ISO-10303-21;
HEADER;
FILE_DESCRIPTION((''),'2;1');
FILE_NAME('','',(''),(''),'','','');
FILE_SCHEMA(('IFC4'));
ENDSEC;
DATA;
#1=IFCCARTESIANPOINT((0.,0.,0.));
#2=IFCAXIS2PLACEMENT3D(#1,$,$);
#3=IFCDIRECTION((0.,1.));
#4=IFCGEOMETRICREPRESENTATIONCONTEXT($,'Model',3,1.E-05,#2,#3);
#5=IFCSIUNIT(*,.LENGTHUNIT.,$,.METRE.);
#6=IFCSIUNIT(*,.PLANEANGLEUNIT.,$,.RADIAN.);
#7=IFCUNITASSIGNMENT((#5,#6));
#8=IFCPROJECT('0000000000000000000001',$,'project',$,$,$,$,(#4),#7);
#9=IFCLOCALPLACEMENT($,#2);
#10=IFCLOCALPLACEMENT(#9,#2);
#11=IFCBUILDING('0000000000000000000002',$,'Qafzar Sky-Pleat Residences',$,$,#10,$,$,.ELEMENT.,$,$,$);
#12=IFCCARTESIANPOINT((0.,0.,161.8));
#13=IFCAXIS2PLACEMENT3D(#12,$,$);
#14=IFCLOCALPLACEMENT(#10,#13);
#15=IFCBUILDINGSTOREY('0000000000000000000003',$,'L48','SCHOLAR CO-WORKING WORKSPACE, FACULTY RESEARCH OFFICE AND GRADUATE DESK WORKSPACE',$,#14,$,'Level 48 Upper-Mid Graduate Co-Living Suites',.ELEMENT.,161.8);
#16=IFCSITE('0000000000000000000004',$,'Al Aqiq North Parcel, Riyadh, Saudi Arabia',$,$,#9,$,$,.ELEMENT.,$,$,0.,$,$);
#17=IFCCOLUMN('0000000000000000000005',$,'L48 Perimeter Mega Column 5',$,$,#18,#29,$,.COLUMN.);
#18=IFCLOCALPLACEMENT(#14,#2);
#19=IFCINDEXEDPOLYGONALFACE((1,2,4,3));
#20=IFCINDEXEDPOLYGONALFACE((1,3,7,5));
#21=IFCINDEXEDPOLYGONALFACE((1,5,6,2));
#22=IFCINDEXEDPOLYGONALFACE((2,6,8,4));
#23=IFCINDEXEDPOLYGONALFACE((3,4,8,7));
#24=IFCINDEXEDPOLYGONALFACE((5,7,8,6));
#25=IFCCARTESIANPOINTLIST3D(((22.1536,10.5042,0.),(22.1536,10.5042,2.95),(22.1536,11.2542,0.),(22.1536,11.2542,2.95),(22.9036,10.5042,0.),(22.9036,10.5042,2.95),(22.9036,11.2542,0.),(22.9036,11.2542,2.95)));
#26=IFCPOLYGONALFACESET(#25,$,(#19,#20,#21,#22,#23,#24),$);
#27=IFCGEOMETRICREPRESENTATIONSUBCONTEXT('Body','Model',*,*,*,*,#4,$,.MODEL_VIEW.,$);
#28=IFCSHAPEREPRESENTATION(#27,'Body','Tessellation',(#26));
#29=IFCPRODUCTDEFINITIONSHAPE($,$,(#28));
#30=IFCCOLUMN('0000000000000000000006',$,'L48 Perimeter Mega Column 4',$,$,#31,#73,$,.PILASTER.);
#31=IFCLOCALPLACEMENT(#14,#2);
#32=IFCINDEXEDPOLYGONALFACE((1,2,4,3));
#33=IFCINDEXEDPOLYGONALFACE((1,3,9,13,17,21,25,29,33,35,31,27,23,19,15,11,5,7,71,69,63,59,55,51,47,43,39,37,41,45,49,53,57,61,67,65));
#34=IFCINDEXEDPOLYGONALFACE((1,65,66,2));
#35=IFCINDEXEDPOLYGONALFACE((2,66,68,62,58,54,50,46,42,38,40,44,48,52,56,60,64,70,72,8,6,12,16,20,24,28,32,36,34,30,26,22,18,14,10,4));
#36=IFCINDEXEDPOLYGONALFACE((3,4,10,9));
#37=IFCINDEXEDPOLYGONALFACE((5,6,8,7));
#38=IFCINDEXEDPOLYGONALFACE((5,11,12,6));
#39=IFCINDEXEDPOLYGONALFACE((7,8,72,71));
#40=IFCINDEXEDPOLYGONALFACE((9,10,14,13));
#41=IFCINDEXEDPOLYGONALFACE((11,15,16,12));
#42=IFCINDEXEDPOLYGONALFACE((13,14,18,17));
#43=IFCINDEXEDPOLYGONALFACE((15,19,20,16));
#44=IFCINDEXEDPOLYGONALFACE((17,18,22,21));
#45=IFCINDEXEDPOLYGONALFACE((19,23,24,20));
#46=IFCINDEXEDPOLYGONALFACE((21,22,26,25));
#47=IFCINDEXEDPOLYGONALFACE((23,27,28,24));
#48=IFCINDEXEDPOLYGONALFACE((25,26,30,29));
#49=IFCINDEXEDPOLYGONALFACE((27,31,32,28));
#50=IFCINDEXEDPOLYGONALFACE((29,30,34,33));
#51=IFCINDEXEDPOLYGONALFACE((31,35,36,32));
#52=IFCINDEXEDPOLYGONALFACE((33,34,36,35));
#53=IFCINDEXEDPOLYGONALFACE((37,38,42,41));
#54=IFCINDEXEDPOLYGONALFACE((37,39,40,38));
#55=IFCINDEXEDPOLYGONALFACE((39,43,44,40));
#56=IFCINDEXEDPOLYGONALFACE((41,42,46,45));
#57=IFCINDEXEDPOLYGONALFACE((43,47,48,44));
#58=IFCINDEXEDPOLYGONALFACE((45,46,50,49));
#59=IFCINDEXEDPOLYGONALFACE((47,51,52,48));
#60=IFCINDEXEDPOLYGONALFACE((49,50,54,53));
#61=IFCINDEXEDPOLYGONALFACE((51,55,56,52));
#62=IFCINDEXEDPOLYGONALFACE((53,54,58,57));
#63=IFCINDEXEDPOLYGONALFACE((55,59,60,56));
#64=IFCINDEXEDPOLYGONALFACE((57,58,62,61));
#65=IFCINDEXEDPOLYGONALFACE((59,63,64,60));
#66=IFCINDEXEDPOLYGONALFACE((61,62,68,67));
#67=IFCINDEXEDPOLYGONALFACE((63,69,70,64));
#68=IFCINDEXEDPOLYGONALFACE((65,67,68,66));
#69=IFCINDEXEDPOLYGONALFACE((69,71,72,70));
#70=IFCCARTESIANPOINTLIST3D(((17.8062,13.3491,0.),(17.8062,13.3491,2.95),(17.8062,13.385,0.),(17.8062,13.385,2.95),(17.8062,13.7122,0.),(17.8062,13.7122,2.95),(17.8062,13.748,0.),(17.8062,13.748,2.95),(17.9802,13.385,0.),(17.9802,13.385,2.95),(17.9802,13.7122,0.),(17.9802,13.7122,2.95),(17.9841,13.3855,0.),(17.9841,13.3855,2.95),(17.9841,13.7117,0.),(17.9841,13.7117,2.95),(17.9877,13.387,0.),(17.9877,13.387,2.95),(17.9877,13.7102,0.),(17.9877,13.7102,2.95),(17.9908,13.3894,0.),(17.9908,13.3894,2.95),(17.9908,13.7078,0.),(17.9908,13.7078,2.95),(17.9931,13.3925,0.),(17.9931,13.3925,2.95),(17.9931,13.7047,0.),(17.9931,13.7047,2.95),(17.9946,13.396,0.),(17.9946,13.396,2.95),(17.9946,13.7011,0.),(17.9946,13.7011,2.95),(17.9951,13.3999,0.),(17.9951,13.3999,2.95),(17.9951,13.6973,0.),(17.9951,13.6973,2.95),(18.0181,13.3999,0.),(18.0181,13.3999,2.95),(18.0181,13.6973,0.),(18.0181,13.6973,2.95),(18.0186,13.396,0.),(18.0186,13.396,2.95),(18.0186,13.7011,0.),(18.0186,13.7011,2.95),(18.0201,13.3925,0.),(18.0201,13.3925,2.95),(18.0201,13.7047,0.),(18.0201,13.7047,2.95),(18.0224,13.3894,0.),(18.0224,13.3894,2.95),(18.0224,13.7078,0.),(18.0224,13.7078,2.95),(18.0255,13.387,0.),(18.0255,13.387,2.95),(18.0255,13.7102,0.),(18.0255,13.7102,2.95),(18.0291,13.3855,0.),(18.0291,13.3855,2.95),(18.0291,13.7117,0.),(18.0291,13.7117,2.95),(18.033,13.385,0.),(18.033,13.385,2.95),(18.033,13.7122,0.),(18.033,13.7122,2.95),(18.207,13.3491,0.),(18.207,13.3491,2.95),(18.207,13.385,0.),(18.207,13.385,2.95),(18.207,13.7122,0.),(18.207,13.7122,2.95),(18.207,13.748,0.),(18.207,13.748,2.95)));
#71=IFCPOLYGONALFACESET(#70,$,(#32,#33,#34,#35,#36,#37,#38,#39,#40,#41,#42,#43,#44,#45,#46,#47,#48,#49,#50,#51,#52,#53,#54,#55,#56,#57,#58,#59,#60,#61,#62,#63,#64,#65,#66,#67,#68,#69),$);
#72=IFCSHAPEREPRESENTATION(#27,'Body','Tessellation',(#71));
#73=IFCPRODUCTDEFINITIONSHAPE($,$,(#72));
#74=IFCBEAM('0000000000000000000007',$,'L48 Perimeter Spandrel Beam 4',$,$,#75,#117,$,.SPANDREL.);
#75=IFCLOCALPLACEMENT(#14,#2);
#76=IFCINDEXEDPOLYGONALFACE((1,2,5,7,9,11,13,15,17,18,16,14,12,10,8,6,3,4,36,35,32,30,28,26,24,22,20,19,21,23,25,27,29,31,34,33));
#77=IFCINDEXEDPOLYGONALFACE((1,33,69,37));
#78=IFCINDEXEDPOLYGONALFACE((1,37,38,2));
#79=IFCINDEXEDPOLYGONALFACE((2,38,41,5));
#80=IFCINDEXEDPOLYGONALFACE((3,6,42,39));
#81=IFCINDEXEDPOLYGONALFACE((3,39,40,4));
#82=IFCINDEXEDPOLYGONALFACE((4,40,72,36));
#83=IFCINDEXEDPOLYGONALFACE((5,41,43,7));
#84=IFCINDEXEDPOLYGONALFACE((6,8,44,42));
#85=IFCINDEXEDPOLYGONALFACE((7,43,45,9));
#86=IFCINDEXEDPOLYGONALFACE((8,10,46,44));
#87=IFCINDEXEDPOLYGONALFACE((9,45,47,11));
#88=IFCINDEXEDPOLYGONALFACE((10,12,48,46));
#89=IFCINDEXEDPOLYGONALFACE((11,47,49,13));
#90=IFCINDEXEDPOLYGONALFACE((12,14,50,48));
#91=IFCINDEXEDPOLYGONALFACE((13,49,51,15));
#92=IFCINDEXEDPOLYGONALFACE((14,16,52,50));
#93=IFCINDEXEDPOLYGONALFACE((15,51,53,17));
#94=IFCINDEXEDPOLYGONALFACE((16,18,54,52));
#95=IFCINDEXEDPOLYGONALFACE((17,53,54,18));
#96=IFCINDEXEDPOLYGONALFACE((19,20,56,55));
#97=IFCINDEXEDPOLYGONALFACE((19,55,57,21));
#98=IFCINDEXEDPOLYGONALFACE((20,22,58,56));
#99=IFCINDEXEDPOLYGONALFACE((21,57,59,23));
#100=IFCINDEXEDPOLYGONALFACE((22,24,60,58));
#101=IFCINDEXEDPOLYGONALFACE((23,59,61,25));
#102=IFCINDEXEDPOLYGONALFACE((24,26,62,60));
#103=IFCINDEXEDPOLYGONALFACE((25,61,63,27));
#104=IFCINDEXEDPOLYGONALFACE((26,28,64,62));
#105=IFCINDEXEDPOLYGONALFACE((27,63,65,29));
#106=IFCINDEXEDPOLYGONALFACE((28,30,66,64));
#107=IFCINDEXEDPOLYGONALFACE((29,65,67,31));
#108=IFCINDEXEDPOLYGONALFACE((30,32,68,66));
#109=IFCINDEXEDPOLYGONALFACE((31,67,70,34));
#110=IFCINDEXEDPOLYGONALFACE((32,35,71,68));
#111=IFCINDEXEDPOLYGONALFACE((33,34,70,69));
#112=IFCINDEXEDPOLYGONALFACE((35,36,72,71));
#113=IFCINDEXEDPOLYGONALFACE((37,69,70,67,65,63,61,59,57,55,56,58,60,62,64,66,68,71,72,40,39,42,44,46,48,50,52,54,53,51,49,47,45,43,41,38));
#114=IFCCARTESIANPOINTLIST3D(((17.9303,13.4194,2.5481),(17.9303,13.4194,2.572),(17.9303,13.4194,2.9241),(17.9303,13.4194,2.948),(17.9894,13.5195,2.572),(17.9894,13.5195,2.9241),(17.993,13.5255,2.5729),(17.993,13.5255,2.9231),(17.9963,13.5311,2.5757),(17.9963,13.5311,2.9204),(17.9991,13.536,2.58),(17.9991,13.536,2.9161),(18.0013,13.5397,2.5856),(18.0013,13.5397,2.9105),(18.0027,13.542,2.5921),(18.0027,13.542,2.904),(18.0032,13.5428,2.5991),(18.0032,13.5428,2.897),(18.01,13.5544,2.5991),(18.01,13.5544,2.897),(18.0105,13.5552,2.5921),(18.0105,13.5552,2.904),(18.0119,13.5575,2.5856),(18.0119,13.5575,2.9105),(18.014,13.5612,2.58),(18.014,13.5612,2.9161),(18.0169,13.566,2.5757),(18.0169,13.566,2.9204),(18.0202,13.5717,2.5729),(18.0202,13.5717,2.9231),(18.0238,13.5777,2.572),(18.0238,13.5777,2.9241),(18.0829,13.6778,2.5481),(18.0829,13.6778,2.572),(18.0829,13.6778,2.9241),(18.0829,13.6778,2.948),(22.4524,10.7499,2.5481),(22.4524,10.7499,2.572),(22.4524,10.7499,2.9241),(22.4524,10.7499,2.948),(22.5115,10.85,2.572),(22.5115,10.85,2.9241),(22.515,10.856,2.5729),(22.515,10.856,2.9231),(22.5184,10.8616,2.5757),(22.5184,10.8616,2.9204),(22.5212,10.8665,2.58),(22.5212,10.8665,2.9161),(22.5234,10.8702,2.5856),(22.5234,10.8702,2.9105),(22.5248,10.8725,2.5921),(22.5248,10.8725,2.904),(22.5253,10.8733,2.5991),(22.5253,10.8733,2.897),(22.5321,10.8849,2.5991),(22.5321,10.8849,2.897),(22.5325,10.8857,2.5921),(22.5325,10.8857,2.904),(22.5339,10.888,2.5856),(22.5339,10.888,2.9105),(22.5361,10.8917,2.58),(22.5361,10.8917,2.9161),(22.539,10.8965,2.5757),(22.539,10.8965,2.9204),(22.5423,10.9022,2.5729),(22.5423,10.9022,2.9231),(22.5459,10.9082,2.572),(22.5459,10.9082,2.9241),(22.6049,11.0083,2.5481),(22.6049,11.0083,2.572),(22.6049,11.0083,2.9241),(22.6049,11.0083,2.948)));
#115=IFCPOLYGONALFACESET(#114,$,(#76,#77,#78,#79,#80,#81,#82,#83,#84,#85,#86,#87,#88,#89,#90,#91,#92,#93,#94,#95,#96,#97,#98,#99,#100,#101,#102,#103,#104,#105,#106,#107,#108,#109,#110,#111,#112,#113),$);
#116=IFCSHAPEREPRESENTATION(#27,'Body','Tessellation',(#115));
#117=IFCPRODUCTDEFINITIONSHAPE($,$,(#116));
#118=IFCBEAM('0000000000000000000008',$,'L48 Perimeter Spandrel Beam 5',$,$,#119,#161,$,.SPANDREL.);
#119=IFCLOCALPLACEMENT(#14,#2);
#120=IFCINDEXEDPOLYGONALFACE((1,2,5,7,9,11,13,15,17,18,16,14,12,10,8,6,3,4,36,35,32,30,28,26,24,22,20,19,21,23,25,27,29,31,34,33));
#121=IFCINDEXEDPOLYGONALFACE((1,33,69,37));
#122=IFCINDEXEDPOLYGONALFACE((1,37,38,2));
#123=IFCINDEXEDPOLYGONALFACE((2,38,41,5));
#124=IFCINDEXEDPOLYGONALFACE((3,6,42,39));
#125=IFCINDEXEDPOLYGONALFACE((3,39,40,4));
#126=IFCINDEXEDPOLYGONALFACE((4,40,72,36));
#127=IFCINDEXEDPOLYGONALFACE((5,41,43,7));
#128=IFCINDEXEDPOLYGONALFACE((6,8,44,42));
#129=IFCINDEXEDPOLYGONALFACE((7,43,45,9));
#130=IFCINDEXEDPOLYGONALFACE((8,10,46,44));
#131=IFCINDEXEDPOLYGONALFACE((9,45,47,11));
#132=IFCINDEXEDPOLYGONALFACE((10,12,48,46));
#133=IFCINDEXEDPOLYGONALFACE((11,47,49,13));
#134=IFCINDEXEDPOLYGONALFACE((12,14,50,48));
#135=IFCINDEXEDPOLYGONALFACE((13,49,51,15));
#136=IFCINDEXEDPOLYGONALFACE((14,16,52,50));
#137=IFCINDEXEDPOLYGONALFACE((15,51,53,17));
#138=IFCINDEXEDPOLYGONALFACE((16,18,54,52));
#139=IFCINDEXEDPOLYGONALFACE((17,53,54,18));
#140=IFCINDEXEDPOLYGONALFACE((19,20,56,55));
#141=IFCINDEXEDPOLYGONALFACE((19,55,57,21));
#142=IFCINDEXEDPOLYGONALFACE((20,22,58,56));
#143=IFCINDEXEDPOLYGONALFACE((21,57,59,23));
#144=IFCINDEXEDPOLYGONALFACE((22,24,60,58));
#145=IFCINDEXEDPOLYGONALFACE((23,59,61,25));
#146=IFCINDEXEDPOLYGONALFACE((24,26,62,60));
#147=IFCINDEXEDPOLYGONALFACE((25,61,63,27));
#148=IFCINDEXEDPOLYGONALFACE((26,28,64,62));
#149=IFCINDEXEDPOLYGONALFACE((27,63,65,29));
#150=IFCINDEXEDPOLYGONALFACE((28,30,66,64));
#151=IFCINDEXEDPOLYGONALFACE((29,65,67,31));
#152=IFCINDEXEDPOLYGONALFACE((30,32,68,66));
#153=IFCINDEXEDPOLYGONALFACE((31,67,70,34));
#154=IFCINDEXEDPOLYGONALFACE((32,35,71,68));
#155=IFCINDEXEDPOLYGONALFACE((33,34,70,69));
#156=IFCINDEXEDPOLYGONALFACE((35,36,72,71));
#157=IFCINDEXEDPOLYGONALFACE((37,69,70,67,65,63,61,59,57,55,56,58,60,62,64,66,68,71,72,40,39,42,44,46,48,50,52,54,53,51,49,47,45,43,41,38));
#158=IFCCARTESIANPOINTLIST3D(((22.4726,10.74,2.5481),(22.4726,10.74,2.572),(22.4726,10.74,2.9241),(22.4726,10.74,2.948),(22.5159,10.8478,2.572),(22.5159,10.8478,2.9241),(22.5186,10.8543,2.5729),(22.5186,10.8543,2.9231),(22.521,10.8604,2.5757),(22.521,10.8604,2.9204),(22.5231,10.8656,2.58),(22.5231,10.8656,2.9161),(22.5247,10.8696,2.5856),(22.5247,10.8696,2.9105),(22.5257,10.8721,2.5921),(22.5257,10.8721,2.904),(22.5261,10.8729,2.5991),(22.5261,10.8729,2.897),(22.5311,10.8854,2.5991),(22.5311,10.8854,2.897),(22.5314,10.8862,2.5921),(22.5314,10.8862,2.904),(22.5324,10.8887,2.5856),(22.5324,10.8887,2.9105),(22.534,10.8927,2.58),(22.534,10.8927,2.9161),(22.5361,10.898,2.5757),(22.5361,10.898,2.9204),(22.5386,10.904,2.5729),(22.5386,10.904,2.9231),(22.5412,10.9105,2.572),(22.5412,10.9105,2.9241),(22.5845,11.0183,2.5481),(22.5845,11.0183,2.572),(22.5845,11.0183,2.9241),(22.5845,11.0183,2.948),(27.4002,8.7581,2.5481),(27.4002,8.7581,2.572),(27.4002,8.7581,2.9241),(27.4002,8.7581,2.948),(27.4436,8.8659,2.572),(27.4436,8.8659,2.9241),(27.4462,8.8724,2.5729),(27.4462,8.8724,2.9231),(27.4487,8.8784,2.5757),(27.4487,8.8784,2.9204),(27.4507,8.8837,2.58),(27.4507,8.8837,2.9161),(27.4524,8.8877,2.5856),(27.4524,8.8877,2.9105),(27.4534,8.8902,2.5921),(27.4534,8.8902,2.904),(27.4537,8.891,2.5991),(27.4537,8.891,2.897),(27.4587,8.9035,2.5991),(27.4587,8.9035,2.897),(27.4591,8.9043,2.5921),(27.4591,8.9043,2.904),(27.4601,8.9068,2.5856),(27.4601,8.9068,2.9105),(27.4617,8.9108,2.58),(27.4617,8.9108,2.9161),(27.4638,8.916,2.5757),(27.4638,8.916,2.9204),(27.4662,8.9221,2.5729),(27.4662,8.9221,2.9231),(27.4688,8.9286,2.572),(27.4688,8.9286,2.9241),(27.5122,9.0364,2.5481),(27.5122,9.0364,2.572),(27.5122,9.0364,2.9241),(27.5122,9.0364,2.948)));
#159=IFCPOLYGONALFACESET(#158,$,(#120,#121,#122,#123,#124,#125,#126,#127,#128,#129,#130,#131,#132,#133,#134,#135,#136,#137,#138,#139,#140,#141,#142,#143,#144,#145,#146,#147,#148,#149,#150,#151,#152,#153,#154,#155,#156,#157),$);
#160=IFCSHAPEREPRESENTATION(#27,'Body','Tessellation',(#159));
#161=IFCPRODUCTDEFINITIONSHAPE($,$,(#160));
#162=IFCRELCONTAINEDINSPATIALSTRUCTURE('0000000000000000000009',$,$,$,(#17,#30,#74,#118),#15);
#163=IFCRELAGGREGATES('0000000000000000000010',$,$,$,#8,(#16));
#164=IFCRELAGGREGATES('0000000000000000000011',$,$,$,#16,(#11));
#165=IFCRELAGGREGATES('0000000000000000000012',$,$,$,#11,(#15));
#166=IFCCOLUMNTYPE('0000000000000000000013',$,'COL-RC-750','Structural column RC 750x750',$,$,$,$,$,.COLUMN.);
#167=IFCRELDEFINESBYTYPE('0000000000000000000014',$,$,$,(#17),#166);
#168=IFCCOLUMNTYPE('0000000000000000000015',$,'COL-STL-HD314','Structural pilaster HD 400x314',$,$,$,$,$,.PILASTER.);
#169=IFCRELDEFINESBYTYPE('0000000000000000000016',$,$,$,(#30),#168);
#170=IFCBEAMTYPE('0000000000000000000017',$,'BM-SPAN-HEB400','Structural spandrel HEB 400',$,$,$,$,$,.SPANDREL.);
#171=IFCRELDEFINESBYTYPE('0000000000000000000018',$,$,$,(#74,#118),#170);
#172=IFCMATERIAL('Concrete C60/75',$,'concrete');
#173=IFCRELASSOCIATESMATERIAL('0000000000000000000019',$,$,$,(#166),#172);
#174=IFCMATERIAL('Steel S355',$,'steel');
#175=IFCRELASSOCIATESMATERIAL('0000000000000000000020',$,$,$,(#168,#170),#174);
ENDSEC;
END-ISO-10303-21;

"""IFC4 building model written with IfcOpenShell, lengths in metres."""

from ifc_helpers import new_model, si_unit, direction, frame, origin, origin_2d, place, context, subcontext, project, spatial, rectangle, i_section, extrude, source, transform, mapped, material, material_profile, profile_set, type_object, element, save


model = new_model("IFC4")

# Units and contexts
model_context = context("Model", 3, precision=1e-05, world=origin(), true_north=direction((0.0, 1.0)))
body_context = subcontext(model_context, "Body", "Model", "MODEL_VIEW")
ifc_project = project(units=[si_unit("LENGTHUNIT", "METRE"), si_unit("PLANEANGLEUNIT", "RADIAN")], contexts=[model_context])

# Site, building, storey
site_placement = place(None, origin())
site = spatial("IfcSite", under=ifc_project, at=site_placement, Name="Al Aqiq North Parcel, Riyadh, Saudi Arabia", CompositionType="ELEMENT", RefElevation=0.0)
building_placement = place(site_placement, origin())
building = spatial("IfcBuilding", under=site, at=building_placement, Name="Qafzar Sky-Pleat Residences", CompositionType="ELEMENT")
storey_placement = place(building_placement, frame((0.0, 0.0, 161.8)))
storey = spatial("IfcBuildingStorey", under=building, at=storey_placement, Name="L48", Description="SCHOLAR CO-WORKING WORKSPACE, FACULTY RESEARCH OFFICE AND GRADUATE DESK WORKSPACE", LongName="Level 48 Upper-Mid Graduate Co-Living Suites", CompositionType="ELEMENT", Elevation=161.8)

# Columns
ifc_material_1 = material(Name="Concrete C60/75", Category="concrete")
ifc_material_profile_1 = material_profile(ifc_material_1, rectangle(XDim=0.75, YDim=0.75, at=origin_2d()), Name="RC 750x750")
ifc_profile_set_1 = profile_set([ifc_material_profile_1], Name="Concrete C60/75")
column_type_1 = type_object("IfcColumnType", Name="COL-RC-750", Description="Structural column RC 750x750", PredefinedType="COLUMN", material=ifc_profile_set_1)
shared_shape_1 = source(origin(), body_context, "Body", "SweptSolid", [
    extrude(rectangle(XDim=0.75, YDim=0.75, at=origin_2d()), origin(), (0.0, 0.0, 1.0), 2.95),
])
column_1_placement = place(storey_placement, frame((22.5286, 10.8792, 0.0), z_axis=(0.0, 0.0, 1.0), x_axis=(1.0, 0.0, 0.0)))
element("IfcColumn", 1, at=column_1_placement, inside=storey, type_object=column_type_1, Name="L48 Perimeter Mega Column 5", PredefinedType="COLUMN", context=body_context, shape_type="MappedRepresentation", body=[
    mapped(shared_shape_1, transform((0.0, 0.0, 0.0), x_axis=(1.0, 0.0, 0.0), y_axis=(0.0, 1.0, 0.0), z_axis=(0.0, 0.0, 1.0), scale=1.0)),
])
ifc_material_2 = material(Name="Steel S355", Category="steel")
ifc_material_profile_2 = material_profile(ifc_material_2, i_section(OverallWidth=0.4009, OverallDepth=0.3989, WebThickness=0.0229, FlangeThickness=0.0359, FilletRadius=0.0149, at=origin_2d()), Name="HD 400x314")
ifc_profile_set_2 = profile_set([ifc_material_profile_2], Name="Steel S355")
column_type_2 = type_object("IfcColumnType", Name="COL-STL-HD314", Description="Structural pilaster HD 400x314", PredefinedType="PILASTER", material=ifc_profile_set_2)
shared_shape_2 = source(origin(), body_context, "Body", "SweptSolid", [
    extrude(i_section(OverallWidth=0.4009, OverallDepth=0.3989, WebThickness=0.0229, FlangeThickness=0.0359, FilletRadius=0.0149, at=origin_2d()), origin(), (0.0, 0.0, 1.0), 2.95),
])
column_2_placement = place(storey_placement, frame((18.0066, 13.5486, 0.0), z_axis=(0.0, 0.0, 1.0), x_axis=(1.0, 0.0, 0.0)))
element("IfcColumn", 2, at=column_2_placement, inside=storey, type_object=column_type_2, Name="L48 Perimeter Mega Column 4", PredefinedType="PILASTER", context=body_context, shape_type="MappedRepresentation", body=[
    mapped(shared_shape_2, transform((0.0, 0.0, 0.0), x_axis=(1.0, 0.0, 0.0), y_axis=(0.0, 1.0, 0.0), z_axis=(0.0, 0.0, 1.0), scale=1.0)),
])

# Beams
ifc_material_profile_3 = material_profile(ifc_material_2, i_section(OverallWidth=0.3, OverallDepth=0.3999, WebThickness=0.0134, FlangeThickness=0.0239, FilletRadius=0.0271, at=origin_2d()), Name="HEB 400")
ifc_profile_set_3 = profile_set([ifc_material_profile_3], Name="Steel S355")
beam_type_1 = type_object("IfcBeamType", Name="BM-SPAN-HEB400", Description="Structural spandrel HEB 400", PredefinedType="SPANDREL", material=ifc_profile_set_3)
shared_shape_3 = source(origin(), body_context, "Body", "SweptSolid", [
    extrude(i_section(OverallWidth=0.3, OverallDepth=0.3999, WebThickness=0.0134, FlangeThickness=0.0239, FilletRadius=0.0271, at=origin_2d()), origin(), (0.0, 0.0, 1.0), 5.2512),
])
beam_1_placement = place(storey_placement, frame((18.0066, 13.5486, 2.748), z_axis=(0.861147, -0.508356, 0.0), x_axis=(0.508356, 0.861147, 0.0)))
element("IfcBeam", 3, at=beam_1_placement, inside=storey, type_object=beam_type_1, Name="L48 Perimeter Spandrel Beam 4", PredefinedType="SPANDREL", context=body_context, shape_type="MappedRepresentation", body=[
    mapped(shared_shape_3, transform((0.0, 0.0, 0.0), x_axis=(1.0, 0.0, 0.0), y_axis=(0.0, 1.0, 0.0), z_axis=(0.0, 0.0, 1.0), scale=1.0)),
])
shared_shape_4 = source(origin(), body_context, "Body", "SweptSolid", [
    extrude(i_section(OverallWidth=0.3, OverallDepth=0.3999, WebThickness=0.0134, FlangeThickness=0.0239, FilletRadius=0.0271, at=origin_2d()), origin(), (0.0, 0.0, 1.0), 5.3113),
])
beam_2_placement = place(storey_placement, frame((22.5286, 10.8792, 2.748), z_axis=(0.927771, -0.373149, 0.0), x_axis=(0.373149, 0.927771, 0.0)))
element("IfcBeam", 4, at=beam_2_placement, inside=storey, type_object=beam_type_1, Name="L48 Perimeter Spandrel Beam 5", PredefinedType="SPANDREL", context=body_context, shape_type="MappedRepresentation", body=[
    mapped(shared_shape_4, transform((0.0, 0.0, 0.0), x_axis=(1.0, 0.0, 0.0), y_axis=(0.0, 1.0, 0.0), z_axis=(0.0, 0.0, 1.0), scale=1.0)),
])

save(model, "model.ifc")
